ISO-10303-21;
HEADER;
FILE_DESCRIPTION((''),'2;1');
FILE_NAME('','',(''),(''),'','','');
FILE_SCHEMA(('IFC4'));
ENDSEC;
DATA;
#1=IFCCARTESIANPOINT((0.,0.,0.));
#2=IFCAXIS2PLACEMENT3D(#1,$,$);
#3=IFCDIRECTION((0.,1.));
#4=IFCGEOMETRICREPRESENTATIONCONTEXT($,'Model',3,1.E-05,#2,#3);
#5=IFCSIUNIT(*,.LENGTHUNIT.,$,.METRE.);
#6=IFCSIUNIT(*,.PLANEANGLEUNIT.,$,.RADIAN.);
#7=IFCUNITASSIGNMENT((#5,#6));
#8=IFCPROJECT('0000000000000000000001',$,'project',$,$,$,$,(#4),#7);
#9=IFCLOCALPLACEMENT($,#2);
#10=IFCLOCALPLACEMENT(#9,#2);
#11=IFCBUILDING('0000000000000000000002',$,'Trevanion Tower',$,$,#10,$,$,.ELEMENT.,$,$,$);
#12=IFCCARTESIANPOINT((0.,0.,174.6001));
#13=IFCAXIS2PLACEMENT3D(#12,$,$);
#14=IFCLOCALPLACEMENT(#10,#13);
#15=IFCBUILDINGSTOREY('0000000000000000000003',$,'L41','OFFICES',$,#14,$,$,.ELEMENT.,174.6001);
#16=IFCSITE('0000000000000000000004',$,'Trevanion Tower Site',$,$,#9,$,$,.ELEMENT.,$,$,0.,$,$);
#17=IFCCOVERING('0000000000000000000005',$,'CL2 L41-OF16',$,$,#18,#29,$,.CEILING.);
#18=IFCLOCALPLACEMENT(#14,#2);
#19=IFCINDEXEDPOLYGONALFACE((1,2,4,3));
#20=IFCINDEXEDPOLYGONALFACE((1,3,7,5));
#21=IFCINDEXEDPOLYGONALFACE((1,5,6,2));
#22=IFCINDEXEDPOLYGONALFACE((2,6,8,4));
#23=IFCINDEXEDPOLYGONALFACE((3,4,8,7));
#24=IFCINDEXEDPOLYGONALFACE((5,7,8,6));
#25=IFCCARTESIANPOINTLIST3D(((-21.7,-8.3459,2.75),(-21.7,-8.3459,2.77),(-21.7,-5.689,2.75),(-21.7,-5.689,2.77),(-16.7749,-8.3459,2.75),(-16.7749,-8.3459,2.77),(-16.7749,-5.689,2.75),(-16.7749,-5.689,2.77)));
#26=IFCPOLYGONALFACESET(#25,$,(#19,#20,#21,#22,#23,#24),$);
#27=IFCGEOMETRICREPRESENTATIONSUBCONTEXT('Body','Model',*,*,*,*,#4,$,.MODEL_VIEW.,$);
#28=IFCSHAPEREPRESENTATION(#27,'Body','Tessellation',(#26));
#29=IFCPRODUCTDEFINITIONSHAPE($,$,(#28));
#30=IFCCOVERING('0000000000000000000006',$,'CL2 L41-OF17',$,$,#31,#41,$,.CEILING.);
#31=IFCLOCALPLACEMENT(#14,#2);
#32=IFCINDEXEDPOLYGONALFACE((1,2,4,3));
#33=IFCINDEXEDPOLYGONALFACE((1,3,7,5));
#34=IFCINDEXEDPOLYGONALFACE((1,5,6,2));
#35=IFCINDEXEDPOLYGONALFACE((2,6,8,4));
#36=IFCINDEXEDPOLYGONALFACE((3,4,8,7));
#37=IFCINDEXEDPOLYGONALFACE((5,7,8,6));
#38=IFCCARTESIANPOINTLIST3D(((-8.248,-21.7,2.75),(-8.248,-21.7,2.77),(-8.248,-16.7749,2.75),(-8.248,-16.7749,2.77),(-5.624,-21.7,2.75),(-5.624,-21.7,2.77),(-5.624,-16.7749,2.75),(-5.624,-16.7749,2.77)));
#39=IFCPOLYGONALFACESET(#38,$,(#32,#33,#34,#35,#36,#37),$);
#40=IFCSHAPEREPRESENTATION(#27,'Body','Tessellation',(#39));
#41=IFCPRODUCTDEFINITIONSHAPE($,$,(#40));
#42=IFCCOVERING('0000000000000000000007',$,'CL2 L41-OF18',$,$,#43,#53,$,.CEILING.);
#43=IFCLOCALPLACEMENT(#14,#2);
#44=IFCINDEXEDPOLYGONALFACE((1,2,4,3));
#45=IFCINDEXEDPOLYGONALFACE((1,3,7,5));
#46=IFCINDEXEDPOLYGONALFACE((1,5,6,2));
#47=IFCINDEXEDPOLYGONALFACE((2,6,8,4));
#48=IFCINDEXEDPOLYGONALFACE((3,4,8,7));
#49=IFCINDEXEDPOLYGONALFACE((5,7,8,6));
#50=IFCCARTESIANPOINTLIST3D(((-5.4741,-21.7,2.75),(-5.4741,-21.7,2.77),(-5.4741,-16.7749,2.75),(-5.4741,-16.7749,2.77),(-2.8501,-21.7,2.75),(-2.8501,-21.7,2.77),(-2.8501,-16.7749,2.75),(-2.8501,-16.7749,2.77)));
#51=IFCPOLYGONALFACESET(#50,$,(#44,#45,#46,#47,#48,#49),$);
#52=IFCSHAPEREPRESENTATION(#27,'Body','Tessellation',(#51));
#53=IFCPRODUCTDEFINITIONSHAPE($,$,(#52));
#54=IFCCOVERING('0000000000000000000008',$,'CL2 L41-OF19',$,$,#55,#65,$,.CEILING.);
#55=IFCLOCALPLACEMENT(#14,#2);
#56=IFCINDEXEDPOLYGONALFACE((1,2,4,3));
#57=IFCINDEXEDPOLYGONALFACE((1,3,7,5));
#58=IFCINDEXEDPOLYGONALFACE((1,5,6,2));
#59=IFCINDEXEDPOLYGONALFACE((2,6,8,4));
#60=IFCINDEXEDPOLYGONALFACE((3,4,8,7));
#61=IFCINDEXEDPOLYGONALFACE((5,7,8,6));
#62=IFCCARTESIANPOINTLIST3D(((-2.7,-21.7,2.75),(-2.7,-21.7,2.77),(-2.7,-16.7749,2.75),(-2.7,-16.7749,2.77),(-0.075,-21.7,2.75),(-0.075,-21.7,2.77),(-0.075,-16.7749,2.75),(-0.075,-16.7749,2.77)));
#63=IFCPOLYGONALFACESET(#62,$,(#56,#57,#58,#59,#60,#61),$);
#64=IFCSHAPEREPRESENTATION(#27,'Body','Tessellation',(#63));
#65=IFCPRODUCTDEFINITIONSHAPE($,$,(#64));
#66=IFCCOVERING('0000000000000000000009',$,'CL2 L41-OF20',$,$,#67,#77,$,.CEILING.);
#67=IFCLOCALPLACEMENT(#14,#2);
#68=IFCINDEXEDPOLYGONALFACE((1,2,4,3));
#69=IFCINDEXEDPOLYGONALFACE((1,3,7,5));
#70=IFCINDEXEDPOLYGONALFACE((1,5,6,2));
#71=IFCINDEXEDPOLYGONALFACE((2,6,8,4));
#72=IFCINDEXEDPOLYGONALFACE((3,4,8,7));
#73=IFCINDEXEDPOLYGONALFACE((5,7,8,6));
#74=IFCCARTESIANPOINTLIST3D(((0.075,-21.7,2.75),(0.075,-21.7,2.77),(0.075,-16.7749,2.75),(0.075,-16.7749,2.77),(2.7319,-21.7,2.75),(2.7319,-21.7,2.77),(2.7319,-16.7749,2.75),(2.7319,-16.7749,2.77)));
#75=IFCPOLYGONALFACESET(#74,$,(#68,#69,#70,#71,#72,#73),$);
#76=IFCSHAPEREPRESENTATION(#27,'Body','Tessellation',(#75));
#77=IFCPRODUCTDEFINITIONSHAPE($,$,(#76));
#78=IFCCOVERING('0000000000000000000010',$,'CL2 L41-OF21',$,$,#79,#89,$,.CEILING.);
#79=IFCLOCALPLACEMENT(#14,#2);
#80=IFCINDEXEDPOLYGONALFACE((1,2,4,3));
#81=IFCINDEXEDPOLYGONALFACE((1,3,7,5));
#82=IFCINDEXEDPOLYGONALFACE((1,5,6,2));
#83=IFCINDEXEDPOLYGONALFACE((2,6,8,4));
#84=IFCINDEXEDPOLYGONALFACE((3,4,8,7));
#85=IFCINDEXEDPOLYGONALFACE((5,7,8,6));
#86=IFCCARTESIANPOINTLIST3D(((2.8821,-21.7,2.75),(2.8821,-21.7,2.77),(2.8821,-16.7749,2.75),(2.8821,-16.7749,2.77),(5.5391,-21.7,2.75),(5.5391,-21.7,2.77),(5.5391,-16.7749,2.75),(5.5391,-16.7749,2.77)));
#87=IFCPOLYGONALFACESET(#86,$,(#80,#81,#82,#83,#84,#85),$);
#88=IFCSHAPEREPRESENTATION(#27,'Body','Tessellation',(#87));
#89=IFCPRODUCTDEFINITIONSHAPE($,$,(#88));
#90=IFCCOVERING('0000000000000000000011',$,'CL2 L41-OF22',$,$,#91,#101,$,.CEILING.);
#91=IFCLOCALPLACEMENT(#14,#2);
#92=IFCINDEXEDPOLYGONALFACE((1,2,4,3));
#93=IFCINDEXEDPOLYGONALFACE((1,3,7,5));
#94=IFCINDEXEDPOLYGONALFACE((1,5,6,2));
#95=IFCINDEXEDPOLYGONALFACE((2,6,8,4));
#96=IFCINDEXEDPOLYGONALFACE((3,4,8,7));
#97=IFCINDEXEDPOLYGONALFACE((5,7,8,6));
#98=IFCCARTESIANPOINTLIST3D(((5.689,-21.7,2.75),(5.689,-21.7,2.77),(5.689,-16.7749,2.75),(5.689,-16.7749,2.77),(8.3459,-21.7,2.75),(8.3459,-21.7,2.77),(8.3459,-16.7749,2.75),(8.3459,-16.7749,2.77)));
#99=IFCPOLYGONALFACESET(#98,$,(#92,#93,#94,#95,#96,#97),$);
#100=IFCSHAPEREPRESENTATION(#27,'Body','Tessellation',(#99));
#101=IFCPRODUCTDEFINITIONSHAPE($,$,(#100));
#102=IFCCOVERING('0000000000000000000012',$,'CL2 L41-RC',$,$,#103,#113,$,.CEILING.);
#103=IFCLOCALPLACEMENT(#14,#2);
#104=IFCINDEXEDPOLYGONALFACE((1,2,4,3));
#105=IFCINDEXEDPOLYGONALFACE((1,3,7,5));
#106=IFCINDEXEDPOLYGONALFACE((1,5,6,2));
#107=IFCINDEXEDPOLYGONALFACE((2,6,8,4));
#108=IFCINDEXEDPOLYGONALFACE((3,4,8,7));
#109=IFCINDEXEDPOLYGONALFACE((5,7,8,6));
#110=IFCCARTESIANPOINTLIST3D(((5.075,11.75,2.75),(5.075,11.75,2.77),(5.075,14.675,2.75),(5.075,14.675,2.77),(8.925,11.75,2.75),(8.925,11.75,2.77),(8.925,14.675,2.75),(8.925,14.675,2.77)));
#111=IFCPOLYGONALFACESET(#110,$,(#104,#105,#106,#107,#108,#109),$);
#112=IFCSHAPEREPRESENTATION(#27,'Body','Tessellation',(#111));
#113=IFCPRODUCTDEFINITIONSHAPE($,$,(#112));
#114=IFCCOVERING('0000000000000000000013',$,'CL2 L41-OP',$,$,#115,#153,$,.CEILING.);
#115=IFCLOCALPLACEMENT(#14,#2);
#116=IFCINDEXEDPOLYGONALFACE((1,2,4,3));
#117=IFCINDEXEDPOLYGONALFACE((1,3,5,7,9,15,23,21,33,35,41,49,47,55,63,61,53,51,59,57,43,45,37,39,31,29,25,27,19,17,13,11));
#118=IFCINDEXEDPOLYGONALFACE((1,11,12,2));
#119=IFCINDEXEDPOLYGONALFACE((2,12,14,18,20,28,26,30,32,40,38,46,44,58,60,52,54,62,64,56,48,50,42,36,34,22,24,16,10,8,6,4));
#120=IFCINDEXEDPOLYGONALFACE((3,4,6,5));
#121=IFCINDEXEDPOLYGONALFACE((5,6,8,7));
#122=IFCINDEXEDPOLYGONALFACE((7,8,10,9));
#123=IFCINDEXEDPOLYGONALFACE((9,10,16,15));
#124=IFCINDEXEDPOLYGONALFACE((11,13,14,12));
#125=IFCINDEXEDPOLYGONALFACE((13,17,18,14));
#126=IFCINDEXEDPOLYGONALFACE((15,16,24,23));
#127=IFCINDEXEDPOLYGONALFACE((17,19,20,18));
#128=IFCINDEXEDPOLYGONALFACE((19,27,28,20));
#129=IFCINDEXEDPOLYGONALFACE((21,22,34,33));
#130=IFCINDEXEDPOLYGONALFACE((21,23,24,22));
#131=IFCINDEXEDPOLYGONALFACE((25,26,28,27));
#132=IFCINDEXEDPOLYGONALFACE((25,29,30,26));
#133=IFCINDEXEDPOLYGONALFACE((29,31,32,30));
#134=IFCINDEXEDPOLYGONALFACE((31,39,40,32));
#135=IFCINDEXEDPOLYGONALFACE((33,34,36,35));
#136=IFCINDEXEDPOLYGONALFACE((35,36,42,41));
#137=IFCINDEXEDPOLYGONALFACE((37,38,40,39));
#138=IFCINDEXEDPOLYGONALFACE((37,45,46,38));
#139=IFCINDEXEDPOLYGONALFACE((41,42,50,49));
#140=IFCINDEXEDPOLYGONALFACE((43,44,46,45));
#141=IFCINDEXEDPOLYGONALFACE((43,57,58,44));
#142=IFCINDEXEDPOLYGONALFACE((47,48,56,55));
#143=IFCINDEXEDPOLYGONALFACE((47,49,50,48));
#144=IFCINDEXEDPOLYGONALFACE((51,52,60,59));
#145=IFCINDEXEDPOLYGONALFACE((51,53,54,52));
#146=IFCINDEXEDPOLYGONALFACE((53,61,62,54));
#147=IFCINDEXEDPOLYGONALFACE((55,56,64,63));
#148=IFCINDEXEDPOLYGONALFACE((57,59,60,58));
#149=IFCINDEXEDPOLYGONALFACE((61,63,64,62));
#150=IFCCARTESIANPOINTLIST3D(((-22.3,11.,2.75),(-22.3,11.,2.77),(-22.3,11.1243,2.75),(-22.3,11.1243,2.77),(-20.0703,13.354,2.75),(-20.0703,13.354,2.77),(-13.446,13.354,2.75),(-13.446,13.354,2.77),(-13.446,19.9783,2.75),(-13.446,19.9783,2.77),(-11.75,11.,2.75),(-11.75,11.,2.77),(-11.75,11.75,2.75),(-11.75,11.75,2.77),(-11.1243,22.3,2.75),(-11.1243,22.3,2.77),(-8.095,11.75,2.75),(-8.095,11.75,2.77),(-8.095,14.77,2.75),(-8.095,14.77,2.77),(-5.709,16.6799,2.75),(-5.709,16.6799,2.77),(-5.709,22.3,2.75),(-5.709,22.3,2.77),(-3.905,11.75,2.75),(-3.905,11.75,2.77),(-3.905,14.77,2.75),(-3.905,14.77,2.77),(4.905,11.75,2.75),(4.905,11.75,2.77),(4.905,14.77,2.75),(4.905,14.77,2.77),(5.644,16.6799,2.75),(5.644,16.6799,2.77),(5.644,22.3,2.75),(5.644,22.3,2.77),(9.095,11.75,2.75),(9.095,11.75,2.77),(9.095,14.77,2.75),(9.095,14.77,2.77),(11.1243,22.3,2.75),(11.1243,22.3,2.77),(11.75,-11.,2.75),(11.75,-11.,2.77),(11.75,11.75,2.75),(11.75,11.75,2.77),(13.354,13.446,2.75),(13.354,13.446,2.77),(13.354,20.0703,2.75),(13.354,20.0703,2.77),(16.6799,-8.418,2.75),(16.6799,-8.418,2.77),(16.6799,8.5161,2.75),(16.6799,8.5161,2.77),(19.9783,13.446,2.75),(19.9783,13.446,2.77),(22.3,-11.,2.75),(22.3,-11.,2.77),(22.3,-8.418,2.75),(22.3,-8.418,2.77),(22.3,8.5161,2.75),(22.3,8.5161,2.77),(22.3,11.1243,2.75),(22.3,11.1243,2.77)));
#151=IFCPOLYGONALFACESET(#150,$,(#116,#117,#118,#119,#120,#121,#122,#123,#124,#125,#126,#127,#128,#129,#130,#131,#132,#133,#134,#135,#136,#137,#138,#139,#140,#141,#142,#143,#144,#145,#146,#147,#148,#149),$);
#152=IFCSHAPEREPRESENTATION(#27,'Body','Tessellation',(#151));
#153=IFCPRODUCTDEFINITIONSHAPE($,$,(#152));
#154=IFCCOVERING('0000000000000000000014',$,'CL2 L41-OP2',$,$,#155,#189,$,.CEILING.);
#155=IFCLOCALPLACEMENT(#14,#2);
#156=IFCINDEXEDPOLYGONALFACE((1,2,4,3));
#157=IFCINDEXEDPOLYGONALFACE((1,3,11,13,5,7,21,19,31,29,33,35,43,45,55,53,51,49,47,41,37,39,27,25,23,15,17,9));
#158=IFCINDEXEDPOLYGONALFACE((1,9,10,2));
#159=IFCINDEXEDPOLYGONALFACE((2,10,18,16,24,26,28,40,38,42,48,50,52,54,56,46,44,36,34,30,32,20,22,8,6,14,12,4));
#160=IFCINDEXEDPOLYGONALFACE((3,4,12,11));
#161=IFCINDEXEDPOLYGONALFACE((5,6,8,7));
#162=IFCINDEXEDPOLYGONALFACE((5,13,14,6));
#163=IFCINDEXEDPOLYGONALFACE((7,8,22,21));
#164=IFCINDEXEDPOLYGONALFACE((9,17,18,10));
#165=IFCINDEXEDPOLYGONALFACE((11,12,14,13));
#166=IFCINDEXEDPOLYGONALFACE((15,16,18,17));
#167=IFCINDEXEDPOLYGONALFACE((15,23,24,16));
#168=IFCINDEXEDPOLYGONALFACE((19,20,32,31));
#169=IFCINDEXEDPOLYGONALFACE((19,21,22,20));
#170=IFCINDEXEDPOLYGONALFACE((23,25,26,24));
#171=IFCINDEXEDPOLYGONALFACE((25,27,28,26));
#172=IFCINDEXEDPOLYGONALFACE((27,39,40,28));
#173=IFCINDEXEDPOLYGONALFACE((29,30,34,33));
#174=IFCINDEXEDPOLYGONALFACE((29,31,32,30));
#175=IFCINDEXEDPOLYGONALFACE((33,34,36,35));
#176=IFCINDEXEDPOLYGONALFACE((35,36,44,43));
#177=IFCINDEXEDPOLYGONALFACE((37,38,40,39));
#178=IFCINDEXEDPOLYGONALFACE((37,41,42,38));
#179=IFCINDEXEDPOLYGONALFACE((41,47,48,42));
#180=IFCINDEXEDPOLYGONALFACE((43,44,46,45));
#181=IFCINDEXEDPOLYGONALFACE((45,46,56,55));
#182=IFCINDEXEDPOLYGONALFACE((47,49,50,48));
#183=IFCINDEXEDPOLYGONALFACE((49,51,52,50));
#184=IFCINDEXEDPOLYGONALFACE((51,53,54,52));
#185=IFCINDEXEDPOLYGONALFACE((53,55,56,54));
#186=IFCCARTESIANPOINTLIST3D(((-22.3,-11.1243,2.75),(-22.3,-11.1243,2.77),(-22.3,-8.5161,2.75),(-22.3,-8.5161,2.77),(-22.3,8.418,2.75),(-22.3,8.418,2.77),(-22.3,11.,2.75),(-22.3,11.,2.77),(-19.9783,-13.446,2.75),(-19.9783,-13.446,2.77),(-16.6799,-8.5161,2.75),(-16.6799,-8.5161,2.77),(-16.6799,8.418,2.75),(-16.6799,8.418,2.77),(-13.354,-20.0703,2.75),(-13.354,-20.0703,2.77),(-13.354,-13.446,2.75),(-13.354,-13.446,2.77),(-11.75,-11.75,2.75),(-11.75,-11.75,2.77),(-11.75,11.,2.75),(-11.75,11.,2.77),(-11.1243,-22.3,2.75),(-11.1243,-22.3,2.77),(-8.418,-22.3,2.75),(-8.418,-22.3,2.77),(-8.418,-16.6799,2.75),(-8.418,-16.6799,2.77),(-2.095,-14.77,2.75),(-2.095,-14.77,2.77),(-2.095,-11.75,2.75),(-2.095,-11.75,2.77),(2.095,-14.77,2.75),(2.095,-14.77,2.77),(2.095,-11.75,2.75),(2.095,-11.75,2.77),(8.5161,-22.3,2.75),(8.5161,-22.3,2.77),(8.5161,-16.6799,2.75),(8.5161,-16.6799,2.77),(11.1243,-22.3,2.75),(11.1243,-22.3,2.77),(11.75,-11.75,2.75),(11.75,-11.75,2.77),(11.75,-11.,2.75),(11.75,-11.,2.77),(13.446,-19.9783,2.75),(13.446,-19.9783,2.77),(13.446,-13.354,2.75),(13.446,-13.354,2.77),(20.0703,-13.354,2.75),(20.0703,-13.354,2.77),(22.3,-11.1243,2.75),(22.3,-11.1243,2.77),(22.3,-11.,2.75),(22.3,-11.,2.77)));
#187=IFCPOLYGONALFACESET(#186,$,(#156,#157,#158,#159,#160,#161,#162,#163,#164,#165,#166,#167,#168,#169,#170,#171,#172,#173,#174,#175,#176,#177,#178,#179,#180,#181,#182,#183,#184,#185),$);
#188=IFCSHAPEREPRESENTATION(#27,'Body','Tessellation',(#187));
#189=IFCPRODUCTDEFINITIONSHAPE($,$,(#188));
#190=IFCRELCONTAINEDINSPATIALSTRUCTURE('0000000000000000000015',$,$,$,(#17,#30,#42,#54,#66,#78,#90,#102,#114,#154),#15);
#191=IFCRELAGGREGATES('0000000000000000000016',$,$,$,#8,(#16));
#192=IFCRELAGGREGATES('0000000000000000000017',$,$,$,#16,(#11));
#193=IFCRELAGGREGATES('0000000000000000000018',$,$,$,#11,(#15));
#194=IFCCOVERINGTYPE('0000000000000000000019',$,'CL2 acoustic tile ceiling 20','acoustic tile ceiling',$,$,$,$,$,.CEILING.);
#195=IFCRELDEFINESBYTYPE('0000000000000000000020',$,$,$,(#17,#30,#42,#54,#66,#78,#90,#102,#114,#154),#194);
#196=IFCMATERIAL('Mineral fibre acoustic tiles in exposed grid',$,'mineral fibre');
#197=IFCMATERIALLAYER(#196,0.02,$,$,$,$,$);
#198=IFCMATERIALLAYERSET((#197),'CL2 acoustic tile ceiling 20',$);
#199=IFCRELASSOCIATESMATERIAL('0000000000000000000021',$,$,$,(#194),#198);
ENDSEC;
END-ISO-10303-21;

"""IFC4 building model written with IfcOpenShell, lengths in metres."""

from ifc_helpers import new_model, si_unit, direction, frame, origin, place, context, subcontext, project, spatial, polyline, outline, extrude, material, layer, layer_set, type_object, element, save


model = new_model("IFC4")

# Units and contexts
model_context = context("Model", 3, precision=1e-05, world=origin(), true_north=direction((0.0, 1.0)))
body_context = subcontext(model_context, "Body", "Model", "MODEL_VIEW")
ifc_project = project(units=[si_unit("LENGTHUNIT", "METRE"), si_unit("PLANEANGLEUNIT", "RADIAN")], contexts=[model_context])

# Site, building, storey
site_placement = place(None, origin())
site = spatial("IfcSite", under=ifc_project, at=site_placement, Name="Trevanion Tower Site", CompositionType="ELEMENT", RefElevation=0.0)
building_placement = place(site_placement, origin())
building = spatial("IfcBuilding", under=site, at=building_placement, Name="Trevanion Tower", CompositionType="ELEMENT")
storey_placement = place(building_placement, frame((0.0, 0.0, 174.6001)))
storey = spatial("IfcBuildingStorey", under=building, at=storey_placement, Name="L41", Description="OFFICES", CompositionType="ELEMENT", Elevation=174.6001)

# Coverings
ifc_material_1 = material(Name="Mineral fibre acoustic tiles in exposed grid", Category="mineral fibre")
ifc_layer_1 = layer(ifc_material_1, 0.02)
ifc_layer_set_1 = layer_set([ifc_layer_1], Name="CL2 acoustic tile ceiling 20")
covering_type_1 = type_object("IfcCoveringType", Name="CL2 acoustic tile ceiling 20", Description="acoustic tile ceiling", PredefinedType="CEILING", material=ifc_layer_set_1)
covering_1_placement = place(storey_placement, frame((0.0, 0.0, 2.75)))
element("IfcCovering", 1, at=covering_1_placement, inside=storey, type_object=covering_type_1, Name="CL2 L41-OF16", PredefinedType="CEILING", context=body_context, shape_type="SweptSolid", body=[
    extrude(outline(polyline([(-16.7749, -5.689), (-16.7749, -8.3459), (-21.7, -8.3459), (-21.7, -5.689), (-16.7749, -5.689)])), origin(), (0.0, 0.0, 1.0), 0.02),
])
covering_2_placement = place(storey_placement, frame((0.0, 0.0, 2.75)))
element("IfcCovering", 2, at=covering_2_placement, inside=storey, type_object=covering_type_1, Name="CL2 L41-OF17", PredefinedType="CEILING", context=body_context, shape_type="SweptSolid", body=[
    extrude(outline(polyline([(-8.248, -16.7749), (-5.624, -16.7749), (-5.624, -21.7), (-8.248, -21.7), (-8.248, -16.7749)])), origin(), (0.0, 0.0, 1.0), 0.02),
])
covering_3_placement = place(storey_placement, frame((0.0, 0.0, 2.75)))
element("IfcCovering", 3, at=covering_3_placement, inside=storey, type_object=covering_type_1, Name="CL2 L41-OF18", PredefinedType="CEILING", context=body_context, shape_type="SweptSolid", body=[
    extrude(outline(polyline([(-5.4741, -16.7749), (-2.8501, -16.7749), (-2.8501, -21.7), (-5.4741, -21.7), (-5.4741, -16.7749)])), origin(), (0.0, 0.0, 1.0), 0.02),
])
covering_4_placement = place(storey_placement, frame((0.0, 0.0, 2.75)))
element("IfcCovering", 4, at=covering_4_placement, inside=storey, type_object=covering_type_1, Name="CL2 L41-OF19", PredefinedType="CEILING", context=body_context, shape_type="SweptSolid", body=[
    extrude(outline(polyline([(-2.7, -16.7749), (-0.075, -16.7749), (-0.075, -21.7), (-2.7, -21.7), (-2.7, -16.7749)])), origin(), (0.0, 0.0, 1.0), 0.02),
])
covering_5_placement = place(storey_placement, frame((0.0, 0.0, 2.75)))
element("IfcCovering", 5, at=covering_5_placement, inside=storey, type_object=covering_type_1, Name="CL2 L41-OF20", PredefinedType="CEILING", context=body_context, shape_type="SweptSolid", body=[
    extrude(outline(polyline([(0.075, -16.7749), (2.7319, -16.7749), (2.7319, -21.7), (0.075, -21.7), (0.075, -16.7749)])), origin(), (0.0, 0.0, 1.0), 0.02),
])
covering_6_placement = place(storey_placement, frame((0.0, 0.0, 2.75)))
element("IfcCovering", 6, at=covering_6_placement, inside=storey, type_object=covering_type_1, Name="CL2 L41-OF21", PredefinedType="CEILING", context=body_context, shape_type="SweptSolid", body=[
    extrude(outline(polyline([(2.8821, -16.7749), (5.5391, -16.7749), (5.5391, -21.7), (2.8821, -21.7), (2.8821, -16.7749)])), origin(), (0.0, 0.0, 1.0), 0.02),
])
covering_7_placement = place(storey_placement, frame((0.0, 0.0, 2.75)))
element("IfcCovering", 7, at=covering_7_placement, inside=storey, type_object=covering_type_1, Name="CL2 L41-OF22", PredefinedType="CEILING", context=body_context, shape_type="SweptSolid", body=[
    extrude(outline(polyline([(5.689, -16.7749), (8.3459, -16.7749), (8.3459, -21.7), (5.689, -21.7), (5.689, -16.7749)])), origin(), (0.0, 0.0, 1.0), 0.02),
])
covering_8_placement = place(storey_placement, frame((0.0, 0.0, 2.75)))
element("IfcCovering", 8, at=covering_8_placement, inside=storey, type_object=covering_type_1, Name="CL2 L41-RC", PredefinedType="CEILING", context=body_context, shape_type="SweptSolid", body=[
    extrude(outline(polyline([(5.075, 14.675), (8.925, 14.675), (8.925, 11.75), (5.075, 11.75), (5.075, 14.675)])), origin(), (0.0, 0.0, 1.0), 0.02),
])
covering_9_placement = place(storey_placement, frame((0.0, 0.0, 2.75)))
element("IfcCovering", 9, at=covering_9_placement, inside=storey, type_object=covering_type_1, Name="CL2 L41-OP", PredefinedType="CEILING", context=body_context, shape_type="SweptSolid", body=[
    extrude(outline(polyline([(11.75, 11.75), (9.095, 11.75), (9.095, 14.77), (4.905, 14.77), (4.905, 11.75), (-3.905, 11.75), (-3.905, 14.77), (-8.095, 14.77), (-8.095, 11.75), (-11.75, 11.75), (-11.75, 11.0), (-22.3, 11.0), (-22.3, 11.1243), (-20.0703, 13.354), (-13.446, 13.354), (-13.446, 19.9783), (-11.1243, 22.3), (-5.709, 22.3), (-5.709, 16.6799), (5.644, 16.6799), (5.644, 22.3), (11.1243, 22.3), (13.354, 20.0703), (13.354, 13.446), (19.9783, 13.446), (22.3, 11.1243), (22.3, 8.5161), (16.6799, 8.5161), (16.6799, -8.418), (22.3, -8.418), (22.3, -11.0), (11.75, -11.0), (11.75, 11.75)])), origin(), (0.0, 0.0, 1.0), 0.02),
])
covering_10_placement = place(storey_placement, frame((0.0, 0.0, 2.75)))
element("IfcCovering", 10, at=covering_10_placement, inside=storey, type_object=covering_type_1, Name="CL2 L41-OP2", PredefinedType="CEILING", context=body_context, shape_type="SweptSolid", body=[
    extrude(outline(polyline([(11.75, -11.0), (22.3, -11.0), (22.3, -11.1243), (20.0703, -13.354), (13.446, -13.354), (13.446, -19.9783), (11.1243, -22.3), (8.5161, -22.3), (8.5161, -16.6799), (-8.418, -16.6799), (-8.418, -22.3), (-11.1243, -22.3), (-13.354, -20.0703), (-13.354, -13.446), (-19.9783, -13.446), (-22.3, -11.1243), (-22.3, -8.5161), (-16.6799, -8.5161), (-16.6799, 8.418), (-22.3, 8.418), (-22.3, 11.0), (-11.75, 11.0), (-11.75, -11.75), (-2.095, -11.75), (-2.095, -14.77), (2.095, -14.77), (2.095, -11.75), (11.75, -11.75), (11.75, -11.0)])), origin(), (0.0, 0.0, 1.0), 0.02),
])

save(model, "model.ifc")
